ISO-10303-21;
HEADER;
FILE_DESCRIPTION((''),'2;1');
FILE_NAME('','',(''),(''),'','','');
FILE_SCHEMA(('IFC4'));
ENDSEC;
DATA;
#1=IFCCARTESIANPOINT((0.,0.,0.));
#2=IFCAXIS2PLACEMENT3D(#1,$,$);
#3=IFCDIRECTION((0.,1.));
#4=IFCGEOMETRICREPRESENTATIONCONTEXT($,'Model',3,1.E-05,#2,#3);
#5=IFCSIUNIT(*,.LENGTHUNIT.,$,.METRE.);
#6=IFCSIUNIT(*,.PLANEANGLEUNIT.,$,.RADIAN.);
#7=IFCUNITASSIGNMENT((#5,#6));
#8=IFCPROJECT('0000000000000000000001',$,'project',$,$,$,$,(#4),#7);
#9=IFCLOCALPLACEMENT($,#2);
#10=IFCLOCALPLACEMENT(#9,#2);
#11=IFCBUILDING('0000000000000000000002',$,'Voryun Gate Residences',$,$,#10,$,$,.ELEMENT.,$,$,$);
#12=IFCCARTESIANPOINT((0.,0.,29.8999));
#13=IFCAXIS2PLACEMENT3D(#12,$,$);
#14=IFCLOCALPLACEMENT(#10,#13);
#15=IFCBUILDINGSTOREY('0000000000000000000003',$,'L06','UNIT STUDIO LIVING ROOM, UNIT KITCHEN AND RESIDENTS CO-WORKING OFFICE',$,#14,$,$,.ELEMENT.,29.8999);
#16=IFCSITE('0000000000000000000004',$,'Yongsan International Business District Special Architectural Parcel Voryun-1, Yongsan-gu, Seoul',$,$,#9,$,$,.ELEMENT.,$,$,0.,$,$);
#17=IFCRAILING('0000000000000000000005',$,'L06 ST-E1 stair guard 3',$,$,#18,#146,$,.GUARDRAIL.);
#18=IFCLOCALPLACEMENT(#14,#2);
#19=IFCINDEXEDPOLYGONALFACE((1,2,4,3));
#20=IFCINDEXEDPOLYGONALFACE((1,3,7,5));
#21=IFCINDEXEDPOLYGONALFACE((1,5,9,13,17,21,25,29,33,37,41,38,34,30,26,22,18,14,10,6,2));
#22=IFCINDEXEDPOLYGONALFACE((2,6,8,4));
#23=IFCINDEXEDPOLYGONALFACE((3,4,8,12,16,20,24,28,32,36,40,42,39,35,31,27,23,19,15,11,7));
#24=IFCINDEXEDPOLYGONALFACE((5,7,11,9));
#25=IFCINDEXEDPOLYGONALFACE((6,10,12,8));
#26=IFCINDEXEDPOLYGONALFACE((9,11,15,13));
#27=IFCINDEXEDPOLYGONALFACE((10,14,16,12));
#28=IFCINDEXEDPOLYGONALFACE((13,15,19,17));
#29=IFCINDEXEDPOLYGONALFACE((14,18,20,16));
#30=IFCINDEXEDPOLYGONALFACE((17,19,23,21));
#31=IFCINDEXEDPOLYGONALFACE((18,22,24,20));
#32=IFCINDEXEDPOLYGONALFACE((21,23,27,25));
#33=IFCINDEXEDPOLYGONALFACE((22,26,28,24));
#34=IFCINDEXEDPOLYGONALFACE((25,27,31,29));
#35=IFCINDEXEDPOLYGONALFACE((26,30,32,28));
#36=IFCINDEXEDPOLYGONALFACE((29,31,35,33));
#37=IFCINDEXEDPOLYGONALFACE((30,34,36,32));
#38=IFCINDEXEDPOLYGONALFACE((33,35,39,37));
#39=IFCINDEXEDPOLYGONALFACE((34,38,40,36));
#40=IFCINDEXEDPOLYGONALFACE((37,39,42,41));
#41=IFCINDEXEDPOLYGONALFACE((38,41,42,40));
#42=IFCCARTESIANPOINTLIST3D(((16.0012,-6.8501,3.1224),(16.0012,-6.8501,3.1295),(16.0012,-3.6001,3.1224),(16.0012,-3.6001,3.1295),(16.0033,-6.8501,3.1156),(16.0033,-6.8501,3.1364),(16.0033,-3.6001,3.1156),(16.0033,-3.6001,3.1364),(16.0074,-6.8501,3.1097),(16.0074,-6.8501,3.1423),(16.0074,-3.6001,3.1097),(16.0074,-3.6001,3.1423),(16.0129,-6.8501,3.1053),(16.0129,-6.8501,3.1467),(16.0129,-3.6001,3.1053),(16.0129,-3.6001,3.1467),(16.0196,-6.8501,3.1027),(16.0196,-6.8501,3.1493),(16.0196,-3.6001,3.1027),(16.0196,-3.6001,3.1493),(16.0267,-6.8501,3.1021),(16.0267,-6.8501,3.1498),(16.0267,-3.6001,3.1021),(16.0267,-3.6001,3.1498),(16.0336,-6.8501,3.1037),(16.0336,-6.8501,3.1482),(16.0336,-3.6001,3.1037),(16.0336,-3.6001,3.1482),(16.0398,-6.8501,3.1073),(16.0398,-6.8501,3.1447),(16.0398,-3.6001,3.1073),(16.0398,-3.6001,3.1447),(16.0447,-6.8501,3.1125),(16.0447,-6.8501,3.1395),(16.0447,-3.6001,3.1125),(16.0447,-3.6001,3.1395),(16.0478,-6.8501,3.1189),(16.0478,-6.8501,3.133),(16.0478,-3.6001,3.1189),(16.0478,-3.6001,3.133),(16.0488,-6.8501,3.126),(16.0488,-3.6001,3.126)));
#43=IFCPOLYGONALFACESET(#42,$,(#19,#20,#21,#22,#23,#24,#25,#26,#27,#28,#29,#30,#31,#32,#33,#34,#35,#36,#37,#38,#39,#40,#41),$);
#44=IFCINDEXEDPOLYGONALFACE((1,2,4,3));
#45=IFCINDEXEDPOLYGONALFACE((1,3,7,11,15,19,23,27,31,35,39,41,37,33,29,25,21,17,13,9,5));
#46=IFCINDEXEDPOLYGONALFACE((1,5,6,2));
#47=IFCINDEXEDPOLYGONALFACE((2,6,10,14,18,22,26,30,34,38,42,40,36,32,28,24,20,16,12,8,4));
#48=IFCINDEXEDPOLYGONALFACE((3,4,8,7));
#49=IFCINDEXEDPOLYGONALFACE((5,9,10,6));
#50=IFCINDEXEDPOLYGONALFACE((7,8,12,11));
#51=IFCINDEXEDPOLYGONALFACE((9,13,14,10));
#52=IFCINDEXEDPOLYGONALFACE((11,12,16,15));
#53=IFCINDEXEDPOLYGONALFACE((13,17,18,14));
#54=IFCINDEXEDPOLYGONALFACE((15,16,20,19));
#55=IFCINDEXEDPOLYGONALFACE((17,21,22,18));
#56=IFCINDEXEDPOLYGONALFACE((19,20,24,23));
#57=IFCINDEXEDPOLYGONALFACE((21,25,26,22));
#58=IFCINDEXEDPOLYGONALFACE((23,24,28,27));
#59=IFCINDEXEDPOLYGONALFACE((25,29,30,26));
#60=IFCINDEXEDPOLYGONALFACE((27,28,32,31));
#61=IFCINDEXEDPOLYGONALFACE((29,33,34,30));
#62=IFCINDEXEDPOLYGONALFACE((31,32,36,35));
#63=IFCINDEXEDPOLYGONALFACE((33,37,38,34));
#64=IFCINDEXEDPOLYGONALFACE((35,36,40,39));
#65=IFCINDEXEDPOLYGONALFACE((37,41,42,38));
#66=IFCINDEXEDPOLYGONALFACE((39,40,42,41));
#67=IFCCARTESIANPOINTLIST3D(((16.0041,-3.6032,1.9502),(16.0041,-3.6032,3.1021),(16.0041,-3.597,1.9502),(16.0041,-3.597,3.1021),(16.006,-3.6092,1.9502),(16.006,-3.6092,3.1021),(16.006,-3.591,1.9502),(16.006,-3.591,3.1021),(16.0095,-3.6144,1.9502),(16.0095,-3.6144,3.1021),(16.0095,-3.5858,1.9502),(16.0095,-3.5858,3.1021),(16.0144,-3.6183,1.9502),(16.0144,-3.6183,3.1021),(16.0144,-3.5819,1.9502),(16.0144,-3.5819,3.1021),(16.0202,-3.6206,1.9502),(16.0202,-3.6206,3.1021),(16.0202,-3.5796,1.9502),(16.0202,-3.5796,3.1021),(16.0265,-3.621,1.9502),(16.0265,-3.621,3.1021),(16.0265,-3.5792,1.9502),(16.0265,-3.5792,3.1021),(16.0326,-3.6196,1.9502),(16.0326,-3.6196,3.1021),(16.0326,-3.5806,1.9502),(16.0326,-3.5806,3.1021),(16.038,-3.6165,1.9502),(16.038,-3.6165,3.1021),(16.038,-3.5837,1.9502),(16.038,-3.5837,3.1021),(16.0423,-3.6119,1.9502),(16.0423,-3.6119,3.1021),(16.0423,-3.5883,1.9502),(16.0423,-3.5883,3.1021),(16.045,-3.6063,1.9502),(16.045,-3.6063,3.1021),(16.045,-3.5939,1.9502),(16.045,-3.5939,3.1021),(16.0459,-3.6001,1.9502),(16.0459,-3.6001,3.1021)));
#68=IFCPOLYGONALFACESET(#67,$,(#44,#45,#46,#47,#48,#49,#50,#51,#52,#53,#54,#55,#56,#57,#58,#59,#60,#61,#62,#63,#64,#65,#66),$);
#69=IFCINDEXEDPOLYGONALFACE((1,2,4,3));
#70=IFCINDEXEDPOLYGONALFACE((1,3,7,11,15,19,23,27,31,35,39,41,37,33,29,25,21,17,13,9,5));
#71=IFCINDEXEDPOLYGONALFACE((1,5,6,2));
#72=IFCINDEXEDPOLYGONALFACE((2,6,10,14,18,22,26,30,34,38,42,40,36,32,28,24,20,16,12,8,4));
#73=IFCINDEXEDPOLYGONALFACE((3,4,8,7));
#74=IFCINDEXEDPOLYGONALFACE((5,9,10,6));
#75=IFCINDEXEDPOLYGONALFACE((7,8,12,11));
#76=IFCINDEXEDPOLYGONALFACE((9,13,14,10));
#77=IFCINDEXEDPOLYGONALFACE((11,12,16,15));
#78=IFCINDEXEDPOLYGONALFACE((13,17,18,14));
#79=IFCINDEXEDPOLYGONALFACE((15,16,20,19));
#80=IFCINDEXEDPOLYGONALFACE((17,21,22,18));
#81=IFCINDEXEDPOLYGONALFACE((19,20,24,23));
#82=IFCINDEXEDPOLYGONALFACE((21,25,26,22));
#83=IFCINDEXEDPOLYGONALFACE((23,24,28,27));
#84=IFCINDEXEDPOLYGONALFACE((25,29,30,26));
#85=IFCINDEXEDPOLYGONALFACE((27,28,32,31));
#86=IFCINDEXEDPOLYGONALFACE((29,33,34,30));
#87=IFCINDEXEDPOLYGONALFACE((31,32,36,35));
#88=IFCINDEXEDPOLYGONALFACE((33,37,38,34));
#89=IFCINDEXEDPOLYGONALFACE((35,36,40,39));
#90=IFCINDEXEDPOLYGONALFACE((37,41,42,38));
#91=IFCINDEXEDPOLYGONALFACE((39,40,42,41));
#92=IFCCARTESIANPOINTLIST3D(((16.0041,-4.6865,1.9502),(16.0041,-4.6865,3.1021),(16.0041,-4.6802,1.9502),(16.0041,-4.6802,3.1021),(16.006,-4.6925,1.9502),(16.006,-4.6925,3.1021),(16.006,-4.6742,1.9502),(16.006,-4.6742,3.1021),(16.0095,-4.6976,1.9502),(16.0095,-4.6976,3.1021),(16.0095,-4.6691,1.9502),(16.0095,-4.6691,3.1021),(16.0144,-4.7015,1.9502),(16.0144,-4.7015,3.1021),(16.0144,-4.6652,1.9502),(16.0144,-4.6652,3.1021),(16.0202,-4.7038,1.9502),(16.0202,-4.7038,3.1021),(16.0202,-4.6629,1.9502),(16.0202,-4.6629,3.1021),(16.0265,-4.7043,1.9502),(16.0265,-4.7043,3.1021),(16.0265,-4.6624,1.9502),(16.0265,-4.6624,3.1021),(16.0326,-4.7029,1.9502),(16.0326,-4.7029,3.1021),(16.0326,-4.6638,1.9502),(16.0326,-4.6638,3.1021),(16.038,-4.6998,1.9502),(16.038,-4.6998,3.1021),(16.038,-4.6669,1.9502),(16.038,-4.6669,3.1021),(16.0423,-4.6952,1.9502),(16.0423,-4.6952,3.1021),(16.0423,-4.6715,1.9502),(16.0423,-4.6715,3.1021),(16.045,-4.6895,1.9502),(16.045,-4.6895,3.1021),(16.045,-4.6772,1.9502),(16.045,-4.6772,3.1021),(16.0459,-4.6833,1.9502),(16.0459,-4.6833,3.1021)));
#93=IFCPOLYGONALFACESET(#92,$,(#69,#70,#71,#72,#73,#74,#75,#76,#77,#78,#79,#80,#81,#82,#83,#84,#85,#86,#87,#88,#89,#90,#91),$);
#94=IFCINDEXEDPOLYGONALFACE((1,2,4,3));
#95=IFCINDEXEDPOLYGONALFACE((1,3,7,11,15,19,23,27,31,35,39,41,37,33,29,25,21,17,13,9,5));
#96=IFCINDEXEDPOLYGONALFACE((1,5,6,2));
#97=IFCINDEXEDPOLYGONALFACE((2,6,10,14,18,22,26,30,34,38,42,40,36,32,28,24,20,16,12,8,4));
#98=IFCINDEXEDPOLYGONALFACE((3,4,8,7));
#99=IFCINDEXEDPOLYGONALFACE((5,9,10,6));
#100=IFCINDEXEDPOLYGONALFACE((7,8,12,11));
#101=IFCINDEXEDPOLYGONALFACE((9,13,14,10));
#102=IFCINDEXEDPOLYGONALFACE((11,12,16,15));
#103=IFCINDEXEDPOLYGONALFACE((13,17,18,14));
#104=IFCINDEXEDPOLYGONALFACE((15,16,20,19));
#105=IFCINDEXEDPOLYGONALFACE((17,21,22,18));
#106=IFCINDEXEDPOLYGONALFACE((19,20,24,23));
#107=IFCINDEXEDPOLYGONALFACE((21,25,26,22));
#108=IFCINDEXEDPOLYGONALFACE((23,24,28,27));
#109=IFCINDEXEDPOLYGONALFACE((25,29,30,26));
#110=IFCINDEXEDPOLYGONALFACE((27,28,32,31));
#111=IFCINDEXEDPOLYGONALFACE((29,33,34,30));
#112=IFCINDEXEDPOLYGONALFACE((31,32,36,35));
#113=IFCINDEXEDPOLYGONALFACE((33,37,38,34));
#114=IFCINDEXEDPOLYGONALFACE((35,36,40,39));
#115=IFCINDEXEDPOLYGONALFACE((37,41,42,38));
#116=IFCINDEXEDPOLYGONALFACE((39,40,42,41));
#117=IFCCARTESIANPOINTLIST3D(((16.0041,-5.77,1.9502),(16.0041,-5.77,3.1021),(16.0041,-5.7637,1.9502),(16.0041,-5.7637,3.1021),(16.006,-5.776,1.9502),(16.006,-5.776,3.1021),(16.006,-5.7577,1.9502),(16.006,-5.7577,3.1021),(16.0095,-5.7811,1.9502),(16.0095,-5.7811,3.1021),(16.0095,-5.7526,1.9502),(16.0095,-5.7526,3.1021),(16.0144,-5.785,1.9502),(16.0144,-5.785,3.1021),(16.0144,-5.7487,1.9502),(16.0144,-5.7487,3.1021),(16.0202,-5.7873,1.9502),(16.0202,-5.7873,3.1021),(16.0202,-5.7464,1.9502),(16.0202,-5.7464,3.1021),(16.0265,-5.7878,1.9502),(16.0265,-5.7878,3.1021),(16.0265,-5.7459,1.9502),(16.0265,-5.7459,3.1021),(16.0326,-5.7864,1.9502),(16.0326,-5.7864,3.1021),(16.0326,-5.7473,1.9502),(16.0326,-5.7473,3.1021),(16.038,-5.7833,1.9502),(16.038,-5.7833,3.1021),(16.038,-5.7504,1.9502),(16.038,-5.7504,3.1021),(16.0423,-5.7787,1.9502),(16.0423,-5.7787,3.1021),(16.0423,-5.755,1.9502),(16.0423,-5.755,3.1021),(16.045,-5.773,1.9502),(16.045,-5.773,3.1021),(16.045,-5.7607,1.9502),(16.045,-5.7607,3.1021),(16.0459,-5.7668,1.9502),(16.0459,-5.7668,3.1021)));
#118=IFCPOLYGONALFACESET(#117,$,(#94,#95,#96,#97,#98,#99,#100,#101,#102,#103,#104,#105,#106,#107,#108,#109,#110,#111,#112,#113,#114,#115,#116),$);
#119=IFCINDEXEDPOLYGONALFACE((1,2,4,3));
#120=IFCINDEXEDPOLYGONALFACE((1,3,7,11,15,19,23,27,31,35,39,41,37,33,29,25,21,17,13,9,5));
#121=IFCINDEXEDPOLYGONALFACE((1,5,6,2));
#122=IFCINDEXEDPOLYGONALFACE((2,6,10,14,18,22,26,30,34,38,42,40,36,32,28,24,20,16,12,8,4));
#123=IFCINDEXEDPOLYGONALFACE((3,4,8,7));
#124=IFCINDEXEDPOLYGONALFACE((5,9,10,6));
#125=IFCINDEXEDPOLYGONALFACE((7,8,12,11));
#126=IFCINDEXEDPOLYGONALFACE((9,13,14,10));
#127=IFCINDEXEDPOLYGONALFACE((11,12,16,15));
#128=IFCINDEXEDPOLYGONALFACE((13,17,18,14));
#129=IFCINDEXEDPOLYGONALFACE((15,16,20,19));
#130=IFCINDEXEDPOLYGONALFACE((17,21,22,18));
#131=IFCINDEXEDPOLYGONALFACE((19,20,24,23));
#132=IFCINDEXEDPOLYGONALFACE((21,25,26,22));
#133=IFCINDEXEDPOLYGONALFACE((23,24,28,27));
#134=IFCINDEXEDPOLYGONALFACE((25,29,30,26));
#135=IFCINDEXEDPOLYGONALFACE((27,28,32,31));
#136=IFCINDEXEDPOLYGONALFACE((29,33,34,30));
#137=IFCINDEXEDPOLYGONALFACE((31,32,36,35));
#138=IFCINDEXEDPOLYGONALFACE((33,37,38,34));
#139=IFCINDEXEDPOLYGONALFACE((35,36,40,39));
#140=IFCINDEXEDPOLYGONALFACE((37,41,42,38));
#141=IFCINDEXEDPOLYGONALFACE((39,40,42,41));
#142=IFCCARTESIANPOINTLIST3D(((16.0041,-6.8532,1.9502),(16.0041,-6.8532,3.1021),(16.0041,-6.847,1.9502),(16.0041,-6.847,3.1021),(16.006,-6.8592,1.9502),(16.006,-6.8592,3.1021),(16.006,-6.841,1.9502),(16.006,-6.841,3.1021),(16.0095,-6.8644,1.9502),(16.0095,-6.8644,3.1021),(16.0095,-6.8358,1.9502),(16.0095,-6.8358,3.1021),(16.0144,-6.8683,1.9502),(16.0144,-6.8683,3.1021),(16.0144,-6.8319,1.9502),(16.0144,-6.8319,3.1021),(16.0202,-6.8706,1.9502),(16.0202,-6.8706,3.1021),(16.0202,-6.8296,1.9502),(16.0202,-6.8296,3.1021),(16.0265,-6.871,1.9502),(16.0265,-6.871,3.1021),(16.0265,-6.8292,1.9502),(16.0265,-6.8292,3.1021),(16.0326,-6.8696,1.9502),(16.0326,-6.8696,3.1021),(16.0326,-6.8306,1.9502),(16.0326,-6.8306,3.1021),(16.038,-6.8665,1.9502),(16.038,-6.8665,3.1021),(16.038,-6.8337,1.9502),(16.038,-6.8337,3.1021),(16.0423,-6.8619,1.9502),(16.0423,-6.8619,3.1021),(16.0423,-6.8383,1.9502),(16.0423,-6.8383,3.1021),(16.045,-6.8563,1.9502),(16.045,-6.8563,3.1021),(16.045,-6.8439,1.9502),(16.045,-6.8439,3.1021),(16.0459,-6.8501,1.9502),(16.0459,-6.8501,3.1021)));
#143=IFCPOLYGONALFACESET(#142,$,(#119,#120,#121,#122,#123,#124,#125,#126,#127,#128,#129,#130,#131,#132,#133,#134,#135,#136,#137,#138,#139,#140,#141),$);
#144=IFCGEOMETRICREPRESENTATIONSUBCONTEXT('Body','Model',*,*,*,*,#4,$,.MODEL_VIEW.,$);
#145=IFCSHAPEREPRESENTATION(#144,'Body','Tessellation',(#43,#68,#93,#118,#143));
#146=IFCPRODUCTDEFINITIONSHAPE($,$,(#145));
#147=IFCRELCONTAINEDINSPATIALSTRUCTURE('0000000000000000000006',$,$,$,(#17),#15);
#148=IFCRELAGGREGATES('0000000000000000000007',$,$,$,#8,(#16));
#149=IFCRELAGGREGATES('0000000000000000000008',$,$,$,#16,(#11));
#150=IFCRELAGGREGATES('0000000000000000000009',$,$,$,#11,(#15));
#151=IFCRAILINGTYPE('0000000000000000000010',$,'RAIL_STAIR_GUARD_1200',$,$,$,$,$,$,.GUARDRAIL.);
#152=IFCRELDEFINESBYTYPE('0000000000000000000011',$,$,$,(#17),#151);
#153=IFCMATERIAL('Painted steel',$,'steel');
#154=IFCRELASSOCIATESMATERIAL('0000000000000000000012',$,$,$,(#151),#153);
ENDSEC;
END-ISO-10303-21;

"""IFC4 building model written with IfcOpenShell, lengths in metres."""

from ifc_helpers import new_model, si_unit, direction, frame, origin, origin_2d, place, context, subcontext, project, spatial, circle, extrude, material, type_object, element, save


model = new_model("IFC4")

# Units and contexts
model_context = context("Model", 3, precision=1e-05, world=origin(), true_north=direction((0.0, 1.0)))
body_context = subcontext(model_context, "Body", "Model", "MODEL_VIEW")
ifc_project = project(units=[si_unit("LENGTHUNIT", "METRE"), si_unit("PLANEANGLEUNIT", "RADIAN")], contexts=[model_context])

# Site, building, storey
site_placement = place(None, origin())
site = spatial("IfcSite", under=ifc_project, at=site_placement, Name="Yongsan International Business District Special Architectural Parcel Voryun-1, Yongsan-gu, Seoul", CompositionType="ELEMENT", RefElevation=0.0)
building_placement = place(site_placement, origin())
building = spatial("IfcBuilding", under=site, at=building_placement, Name="Voryun Gate Residences", CompositionType="ELEMENT")
storey_placement = place(building_placement, frame((0.0, 0.0, 29.8999)))
storey = spatial("IfcBuildingStorey", under=building, at=storey_placement, Name="L06", Description="UNIT STUDIO LIVING ROOM, UNIT KITCHEN AND RESIDENTS CO-WORKING OFFICE", CompositionType="ELEMENT", Elevation=29.8999)

# Railing
ifc_material_1 = material(Name="Painted steel", Category="steel")
railing_type_1 = type_object("IfcRailingType", Name="RAIL_STAIR_GUARD_1200", PredefinedType="GUARDRAIL", material=ifc_material_1)
for number, where, name in (
    (1, (16.0249, -3.6001, 1.9502), "L06 ST-E1 stair guard 3"),
):
    element("IfcRailing", number, at=place(storey_placement, frame(where)), inside=storey, type_object=railing_type_1, Name=name, PredefinedType="GUARDRAIL", context=body_context, shape_type="SweptSolid", body=[
        extrude(circle(Radius=0.0239, at=origin_2d()), frame((0.0, 0.0, 1.1758), z_axis=(0.0, -1.0, 0.0), x_axis=(1.0, 0.0, 0.0)), (0.0, 0.0, 1.0), 3.25),
        extrude(circle(Radius=0.021, at=origin_2d()), origin(), (0.0, 0.0, 1.0), 1.1519),
        extrude(circle(Radius=0.021, at=origin_2d()), frame((0.0, -1.0833, 0.0)), (0.0, 0.0, 1.0), 1.1519),
        extrude(circle(Radius=0.021, at=origin_2d()), frame((0.0, -2.1667, 0.0)), (0.0, 0.0, 1.0), 1.1519),
        extrude(circle(Radius=0.021, at=origin_2d()), frame((0.0, -3.25, 0.0)), (0.0, 0.0, 1.0), 1.1519),
    ])

save(model, "model.ifc")
